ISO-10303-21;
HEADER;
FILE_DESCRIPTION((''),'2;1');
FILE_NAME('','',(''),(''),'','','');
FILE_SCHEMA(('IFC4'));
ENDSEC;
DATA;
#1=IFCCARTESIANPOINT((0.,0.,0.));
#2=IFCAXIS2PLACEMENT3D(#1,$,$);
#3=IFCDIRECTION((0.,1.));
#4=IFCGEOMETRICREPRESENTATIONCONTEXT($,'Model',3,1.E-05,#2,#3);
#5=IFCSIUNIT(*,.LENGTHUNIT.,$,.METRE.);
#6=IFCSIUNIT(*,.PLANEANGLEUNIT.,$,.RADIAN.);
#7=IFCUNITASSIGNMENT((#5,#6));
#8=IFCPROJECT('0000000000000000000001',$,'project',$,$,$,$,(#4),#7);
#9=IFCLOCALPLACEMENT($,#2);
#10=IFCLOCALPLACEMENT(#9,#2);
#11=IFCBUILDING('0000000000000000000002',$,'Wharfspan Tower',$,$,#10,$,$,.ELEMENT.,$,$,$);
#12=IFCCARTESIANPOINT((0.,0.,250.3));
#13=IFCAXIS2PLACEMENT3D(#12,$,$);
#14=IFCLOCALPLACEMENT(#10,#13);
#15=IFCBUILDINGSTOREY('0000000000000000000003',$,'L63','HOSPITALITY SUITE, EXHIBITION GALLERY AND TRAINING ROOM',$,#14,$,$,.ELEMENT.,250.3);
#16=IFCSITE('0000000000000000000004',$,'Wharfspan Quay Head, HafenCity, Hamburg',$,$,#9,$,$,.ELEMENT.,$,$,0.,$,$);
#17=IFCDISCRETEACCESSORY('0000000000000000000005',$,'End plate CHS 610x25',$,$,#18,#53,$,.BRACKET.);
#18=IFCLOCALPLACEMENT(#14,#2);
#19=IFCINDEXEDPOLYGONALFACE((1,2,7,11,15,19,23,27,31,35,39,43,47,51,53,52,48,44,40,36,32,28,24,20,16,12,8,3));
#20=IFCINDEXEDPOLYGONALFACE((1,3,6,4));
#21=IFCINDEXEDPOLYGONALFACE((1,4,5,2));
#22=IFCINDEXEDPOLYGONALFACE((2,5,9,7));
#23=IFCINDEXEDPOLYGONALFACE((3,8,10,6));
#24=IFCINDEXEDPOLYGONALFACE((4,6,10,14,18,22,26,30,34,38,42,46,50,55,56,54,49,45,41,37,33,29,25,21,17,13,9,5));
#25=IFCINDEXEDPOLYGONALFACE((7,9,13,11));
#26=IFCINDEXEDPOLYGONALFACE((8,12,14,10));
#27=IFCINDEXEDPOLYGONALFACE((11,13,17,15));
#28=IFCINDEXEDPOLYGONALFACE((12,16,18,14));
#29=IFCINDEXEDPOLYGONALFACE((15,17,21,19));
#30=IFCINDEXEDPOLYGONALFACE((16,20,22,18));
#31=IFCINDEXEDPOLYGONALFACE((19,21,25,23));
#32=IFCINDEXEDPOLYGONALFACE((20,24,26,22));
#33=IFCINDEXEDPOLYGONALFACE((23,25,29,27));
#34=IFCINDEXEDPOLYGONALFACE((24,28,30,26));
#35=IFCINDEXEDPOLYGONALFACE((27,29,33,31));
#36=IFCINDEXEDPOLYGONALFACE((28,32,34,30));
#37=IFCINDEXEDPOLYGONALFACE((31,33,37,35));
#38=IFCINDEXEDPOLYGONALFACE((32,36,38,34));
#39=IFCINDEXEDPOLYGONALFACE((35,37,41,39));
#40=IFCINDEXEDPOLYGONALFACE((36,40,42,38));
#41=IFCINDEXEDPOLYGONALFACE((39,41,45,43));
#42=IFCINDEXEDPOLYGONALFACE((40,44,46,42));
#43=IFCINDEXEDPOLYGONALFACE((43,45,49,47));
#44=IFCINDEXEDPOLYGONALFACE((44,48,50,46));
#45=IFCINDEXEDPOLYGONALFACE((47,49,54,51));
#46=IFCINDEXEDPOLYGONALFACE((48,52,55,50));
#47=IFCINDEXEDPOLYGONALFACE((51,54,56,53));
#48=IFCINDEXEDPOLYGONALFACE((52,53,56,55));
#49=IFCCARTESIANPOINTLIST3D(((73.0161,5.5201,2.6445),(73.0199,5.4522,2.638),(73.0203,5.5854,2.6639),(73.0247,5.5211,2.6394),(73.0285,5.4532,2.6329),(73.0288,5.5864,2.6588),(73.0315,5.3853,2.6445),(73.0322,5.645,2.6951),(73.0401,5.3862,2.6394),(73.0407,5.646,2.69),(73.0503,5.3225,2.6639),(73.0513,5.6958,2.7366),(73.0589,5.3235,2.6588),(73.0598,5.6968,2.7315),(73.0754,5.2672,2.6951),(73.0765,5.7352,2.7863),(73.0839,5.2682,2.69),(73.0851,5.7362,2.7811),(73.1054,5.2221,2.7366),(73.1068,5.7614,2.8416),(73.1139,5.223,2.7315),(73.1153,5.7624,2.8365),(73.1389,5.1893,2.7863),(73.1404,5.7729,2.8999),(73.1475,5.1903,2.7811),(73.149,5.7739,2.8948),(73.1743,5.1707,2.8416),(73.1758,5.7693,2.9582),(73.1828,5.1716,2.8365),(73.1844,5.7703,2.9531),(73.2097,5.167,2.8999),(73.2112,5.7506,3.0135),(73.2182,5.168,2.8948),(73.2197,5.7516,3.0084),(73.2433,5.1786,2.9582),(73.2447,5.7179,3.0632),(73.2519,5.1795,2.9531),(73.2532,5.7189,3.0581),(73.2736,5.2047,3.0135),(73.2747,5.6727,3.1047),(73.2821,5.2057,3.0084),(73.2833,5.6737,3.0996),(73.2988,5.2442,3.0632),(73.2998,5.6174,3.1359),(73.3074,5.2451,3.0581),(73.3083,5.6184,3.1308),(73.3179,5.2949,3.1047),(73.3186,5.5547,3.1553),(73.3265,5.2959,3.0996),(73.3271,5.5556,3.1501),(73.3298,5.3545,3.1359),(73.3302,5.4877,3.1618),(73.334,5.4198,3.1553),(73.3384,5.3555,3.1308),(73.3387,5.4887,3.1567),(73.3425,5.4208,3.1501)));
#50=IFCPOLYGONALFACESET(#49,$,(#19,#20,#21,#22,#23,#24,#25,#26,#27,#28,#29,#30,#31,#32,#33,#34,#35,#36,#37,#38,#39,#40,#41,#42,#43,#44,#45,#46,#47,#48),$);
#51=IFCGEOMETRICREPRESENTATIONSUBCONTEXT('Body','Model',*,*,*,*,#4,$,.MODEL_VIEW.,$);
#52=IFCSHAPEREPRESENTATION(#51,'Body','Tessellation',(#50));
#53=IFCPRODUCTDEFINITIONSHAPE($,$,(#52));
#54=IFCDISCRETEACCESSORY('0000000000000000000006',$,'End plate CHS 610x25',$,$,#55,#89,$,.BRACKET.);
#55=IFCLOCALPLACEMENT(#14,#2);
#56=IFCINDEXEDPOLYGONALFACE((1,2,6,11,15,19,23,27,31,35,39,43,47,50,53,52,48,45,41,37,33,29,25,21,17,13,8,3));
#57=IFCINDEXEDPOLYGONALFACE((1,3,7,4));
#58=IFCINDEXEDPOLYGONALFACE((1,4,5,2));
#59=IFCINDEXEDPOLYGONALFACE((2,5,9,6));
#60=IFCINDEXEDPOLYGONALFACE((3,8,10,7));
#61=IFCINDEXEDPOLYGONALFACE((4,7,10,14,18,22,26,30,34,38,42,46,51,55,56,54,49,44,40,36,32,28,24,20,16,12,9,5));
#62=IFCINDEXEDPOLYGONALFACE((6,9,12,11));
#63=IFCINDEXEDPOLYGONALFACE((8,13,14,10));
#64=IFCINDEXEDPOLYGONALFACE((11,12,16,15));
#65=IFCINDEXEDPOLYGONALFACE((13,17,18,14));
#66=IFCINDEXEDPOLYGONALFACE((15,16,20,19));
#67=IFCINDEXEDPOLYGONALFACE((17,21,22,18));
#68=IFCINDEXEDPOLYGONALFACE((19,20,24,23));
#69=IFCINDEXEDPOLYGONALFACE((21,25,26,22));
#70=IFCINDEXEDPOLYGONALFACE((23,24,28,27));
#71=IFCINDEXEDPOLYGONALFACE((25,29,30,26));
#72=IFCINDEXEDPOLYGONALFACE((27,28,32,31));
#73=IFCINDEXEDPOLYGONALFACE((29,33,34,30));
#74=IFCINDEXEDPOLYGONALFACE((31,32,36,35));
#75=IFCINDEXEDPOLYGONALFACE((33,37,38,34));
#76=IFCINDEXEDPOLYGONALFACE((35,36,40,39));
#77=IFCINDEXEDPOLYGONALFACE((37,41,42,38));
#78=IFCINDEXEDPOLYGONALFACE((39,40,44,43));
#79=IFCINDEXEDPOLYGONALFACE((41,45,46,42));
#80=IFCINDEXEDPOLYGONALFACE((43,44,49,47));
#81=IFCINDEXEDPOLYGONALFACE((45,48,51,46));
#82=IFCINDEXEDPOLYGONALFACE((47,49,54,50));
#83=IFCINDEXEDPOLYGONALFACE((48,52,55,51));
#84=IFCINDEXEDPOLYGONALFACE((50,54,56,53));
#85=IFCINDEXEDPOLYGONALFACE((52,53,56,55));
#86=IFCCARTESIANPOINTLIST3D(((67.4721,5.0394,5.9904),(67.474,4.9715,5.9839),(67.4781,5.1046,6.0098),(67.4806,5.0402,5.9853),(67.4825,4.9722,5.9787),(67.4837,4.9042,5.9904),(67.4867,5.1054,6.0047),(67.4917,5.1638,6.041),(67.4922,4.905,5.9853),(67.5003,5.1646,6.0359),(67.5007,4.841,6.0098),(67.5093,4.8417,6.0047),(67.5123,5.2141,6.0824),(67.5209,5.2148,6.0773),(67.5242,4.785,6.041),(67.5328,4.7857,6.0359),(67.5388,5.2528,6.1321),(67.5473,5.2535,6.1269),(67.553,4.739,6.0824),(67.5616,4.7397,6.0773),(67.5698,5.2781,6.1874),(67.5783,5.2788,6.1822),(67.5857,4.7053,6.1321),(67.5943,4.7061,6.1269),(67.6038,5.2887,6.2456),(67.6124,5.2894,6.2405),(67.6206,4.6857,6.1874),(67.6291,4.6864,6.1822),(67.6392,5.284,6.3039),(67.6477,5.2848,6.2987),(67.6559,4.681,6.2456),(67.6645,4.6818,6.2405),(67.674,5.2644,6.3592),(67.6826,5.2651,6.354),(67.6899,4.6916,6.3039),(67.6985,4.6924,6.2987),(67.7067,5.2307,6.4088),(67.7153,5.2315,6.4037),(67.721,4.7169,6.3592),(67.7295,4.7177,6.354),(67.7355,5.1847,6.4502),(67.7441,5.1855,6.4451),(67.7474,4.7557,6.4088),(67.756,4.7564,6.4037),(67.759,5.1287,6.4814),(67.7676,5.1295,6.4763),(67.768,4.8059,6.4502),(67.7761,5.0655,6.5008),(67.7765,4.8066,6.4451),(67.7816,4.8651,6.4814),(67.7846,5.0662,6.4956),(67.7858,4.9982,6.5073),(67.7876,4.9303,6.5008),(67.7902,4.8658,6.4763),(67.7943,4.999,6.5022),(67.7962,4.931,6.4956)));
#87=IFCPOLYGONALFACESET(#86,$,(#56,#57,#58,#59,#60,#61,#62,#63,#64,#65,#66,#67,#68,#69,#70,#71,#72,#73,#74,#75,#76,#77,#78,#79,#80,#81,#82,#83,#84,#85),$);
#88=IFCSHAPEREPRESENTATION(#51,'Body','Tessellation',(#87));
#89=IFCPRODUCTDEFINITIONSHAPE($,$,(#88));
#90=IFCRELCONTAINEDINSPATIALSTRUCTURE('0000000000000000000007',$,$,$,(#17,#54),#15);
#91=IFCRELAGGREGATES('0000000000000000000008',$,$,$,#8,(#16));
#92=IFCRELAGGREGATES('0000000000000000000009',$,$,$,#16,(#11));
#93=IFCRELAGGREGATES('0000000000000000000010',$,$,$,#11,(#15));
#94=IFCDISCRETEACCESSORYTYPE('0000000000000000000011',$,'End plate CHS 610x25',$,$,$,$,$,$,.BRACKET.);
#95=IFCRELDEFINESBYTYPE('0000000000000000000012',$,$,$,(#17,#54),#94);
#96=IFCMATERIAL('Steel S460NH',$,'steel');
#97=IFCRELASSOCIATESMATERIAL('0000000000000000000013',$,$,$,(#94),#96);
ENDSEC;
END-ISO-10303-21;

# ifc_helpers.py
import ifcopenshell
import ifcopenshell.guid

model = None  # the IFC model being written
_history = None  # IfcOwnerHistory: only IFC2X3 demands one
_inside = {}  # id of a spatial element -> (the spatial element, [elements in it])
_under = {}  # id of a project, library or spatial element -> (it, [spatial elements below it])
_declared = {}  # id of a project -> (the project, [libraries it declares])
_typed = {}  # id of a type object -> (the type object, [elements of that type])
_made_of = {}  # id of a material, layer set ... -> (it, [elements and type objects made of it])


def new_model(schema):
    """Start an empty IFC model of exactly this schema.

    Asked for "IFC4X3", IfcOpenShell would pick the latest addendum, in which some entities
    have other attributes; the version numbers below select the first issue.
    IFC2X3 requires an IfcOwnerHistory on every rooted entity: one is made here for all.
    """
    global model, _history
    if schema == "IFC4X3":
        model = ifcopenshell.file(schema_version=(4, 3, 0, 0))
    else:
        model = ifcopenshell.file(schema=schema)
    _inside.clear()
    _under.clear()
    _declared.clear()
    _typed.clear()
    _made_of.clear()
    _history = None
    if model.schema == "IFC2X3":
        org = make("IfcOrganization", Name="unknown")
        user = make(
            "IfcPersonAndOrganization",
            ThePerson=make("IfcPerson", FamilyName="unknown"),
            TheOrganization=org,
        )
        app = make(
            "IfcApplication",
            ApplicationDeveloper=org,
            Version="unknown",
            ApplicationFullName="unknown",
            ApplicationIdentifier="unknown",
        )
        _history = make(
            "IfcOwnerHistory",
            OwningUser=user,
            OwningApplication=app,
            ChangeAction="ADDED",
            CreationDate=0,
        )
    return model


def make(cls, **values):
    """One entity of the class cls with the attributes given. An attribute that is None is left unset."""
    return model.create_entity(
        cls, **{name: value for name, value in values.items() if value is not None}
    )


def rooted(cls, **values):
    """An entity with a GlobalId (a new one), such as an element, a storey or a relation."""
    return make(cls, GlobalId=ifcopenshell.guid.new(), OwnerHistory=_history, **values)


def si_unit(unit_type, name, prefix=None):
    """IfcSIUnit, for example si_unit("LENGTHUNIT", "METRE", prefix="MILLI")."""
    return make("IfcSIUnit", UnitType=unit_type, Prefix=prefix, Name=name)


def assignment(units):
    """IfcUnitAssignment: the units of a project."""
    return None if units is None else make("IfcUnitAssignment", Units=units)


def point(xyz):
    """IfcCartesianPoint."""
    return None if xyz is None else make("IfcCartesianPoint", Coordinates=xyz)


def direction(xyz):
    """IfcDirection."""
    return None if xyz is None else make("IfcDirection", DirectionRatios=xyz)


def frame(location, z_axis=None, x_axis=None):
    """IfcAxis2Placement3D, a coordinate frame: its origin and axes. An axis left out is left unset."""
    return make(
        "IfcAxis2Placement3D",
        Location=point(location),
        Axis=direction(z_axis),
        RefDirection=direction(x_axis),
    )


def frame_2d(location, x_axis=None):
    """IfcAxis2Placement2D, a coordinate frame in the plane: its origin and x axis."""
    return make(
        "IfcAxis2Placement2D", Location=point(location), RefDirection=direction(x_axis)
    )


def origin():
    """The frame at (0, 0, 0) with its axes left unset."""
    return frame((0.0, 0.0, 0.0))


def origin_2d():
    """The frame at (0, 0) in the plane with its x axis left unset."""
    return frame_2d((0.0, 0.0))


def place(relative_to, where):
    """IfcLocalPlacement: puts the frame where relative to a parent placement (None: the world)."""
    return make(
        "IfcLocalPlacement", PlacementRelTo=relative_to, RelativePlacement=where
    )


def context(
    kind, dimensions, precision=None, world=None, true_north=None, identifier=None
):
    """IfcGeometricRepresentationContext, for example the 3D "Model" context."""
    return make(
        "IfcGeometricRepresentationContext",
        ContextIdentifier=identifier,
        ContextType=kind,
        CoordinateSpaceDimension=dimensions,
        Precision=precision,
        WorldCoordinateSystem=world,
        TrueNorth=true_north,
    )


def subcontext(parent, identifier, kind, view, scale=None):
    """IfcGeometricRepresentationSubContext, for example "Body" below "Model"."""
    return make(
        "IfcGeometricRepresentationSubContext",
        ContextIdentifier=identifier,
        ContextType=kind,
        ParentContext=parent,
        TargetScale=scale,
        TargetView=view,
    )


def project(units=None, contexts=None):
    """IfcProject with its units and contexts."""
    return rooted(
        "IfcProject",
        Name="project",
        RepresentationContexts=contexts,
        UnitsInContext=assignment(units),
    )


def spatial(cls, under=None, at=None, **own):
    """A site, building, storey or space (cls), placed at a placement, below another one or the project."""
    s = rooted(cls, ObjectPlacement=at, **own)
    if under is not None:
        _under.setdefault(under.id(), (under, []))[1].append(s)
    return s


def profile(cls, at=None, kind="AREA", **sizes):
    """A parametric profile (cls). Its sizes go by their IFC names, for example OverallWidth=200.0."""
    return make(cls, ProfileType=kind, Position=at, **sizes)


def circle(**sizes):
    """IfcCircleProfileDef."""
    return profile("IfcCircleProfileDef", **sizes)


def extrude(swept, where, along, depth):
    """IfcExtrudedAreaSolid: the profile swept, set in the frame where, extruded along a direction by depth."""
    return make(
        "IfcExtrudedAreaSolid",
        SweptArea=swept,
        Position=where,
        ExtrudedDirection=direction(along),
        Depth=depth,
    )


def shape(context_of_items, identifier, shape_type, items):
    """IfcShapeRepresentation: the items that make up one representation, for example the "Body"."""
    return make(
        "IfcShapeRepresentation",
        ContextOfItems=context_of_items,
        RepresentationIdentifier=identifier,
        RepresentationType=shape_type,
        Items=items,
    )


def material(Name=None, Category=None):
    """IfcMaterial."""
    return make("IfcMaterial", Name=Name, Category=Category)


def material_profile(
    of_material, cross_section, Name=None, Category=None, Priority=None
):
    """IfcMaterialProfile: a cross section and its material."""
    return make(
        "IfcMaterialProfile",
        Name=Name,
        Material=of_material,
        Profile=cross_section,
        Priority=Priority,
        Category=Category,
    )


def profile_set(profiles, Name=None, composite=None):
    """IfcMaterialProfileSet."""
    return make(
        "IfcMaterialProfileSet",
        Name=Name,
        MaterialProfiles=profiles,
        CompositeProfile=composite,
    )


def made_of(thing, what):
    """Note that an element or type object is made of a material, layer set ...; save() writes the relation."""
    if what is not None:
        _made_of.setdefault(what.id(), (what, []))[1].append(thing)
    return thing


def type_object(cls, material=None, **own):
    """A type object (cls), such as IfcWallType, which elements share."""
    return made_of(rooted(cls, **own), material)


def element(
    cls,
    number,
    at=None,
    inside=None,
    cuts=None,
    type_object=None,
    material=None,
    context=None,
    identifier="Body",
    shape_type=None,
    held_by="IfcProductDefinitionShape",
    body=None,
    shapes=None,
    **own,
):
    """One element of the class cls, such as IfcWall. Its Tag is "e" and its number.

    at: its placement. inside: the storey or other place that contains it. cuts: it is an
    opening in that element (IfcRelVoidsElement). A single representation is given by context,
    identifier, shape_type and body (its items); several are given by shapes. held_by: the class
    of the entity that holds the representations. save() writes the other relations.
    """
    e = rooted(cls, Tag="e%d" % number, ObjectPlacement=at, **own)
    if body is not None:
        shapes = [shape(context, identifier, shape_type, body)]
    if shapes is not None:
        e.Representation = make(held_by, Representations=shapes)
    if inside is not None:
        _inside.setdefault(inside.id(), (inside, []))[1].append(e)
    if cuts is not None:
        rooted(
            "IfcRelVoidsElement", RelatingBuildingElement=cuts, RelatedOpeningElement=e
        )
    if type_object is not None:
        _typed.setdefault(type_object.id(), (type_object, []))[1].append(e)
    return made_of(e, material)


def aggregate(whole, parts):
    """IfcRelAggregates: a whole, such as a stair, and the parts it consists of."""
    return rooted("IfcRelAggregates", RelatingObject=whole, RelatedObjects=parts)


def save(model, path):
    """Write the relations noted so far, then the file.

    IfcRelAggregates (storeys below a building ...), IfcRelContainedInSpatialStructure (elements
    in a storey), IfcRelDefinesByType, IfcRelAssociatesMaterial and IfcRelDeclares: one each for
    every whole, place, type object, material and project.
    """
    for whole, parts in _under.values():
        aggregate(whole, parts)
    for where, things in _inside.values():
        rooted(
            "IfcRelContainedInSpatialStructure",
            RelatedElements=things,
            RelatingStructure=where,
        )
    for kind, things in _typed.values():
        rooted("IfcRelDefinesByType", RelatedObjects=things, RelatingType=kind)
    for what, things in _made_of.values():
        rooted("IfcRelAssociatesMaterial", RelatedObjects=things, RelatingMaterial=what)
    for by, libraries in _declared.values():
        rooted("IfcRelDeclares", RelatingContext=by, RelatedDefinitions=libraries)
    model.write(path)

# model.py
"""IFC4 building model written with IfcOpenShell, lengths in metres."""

from ifc_helpers import new_model, si_unit, direction, frame, origin, origin_2d, place, context, subcontext, project, spatial, circle, extrude, material, material_profile, profile_set, type_object, element, save


model = new_model("IFC4")

# Units and contexts
model_context = context("Model", 3, precision=1e-05, world=origin(), true_north=direction((0.0, 1.0)))
body_context = subcontext(model_context, "Body", "Model", "MODEL_VIEW")
ifc_project = project(units=[si_unit("LENGTHUNIT", "METRE"), si_unit("PLANEANGLEUNIT", "RADIAN")], contexts=[model_context])

# Site, building, storey
site_placement = place(None, origin())
site = spatial("IfcSite", under=ifc_project, at=site_placement, Name="Wharfspan Quay Head, HafenCity, Hamburg", CompositionType="ELEMENT", RefElevation=0.0)
building_placement = place(site_placement, origin())
building = spatial("IfcBuilding", under=site, at=building_placement, Name="Wharfspan Tower", CompositionType="ELEMENT")
storey_placement = place(building_placement, frame((0.0, 0.0, 250.3)))
storey = spatial("IfcBuildingStorey", under=building, at=storey_placement, Name="L63", Description="HOSPITALITY SUITE, EXHIBITION GALLERY AND TRAINING ROOM", CompositionType="ELEMENT", Elevation=250.3)

# Shared definitions
ifc_material_1 = material(Name="Steel S460NH", Category="steel")

# Discrete accessories
ifc_material_profile_1 = material_profile(ifc_material_1, circle(Radius=0.3049, at=origin_2d()))
ifc_profile_set_1 = profile_set([ifc_material_profile_1], Name="Steel S460NH")
discrete_accessory_type = type_object("IfcDiscreteAccessoryType", Name="End plate CHS 610x25", PredefinedType="BRACKET", material=ifc_profile_set_1)
for number, where, z_axis, x_axis, name in (
    (1, (73.1836, 5.4709, 2.8948), (-0.853405, -0.097532, 0.512043), (0.113547, -0.993531, 0.000001), "End plate CHS 610x25"),
    (2, (67.6384, 4.9856, 6.2405), (-0.855186, -0.073302, 0.513112), (0.085402, -0.996345, 0.000001), "End plate CHS 610x25"),
):
    element("IfcDiscreteAccessory", number, at=place(storey_placement, frame(where, z_axis=z_axis, x_axis=x_axis)), inside=storey, type_object=discrete_accessory_type, Name=name, PredefinedType="BRACKET", context=body_context, shape_type="SweptSolid", body=[
        extrude(circle(Radius=0.3049, at=origin_2d()), origin(), (0.0, 0.0, 1.0), 0.01),
    ])

save(model, "model.ifc")
